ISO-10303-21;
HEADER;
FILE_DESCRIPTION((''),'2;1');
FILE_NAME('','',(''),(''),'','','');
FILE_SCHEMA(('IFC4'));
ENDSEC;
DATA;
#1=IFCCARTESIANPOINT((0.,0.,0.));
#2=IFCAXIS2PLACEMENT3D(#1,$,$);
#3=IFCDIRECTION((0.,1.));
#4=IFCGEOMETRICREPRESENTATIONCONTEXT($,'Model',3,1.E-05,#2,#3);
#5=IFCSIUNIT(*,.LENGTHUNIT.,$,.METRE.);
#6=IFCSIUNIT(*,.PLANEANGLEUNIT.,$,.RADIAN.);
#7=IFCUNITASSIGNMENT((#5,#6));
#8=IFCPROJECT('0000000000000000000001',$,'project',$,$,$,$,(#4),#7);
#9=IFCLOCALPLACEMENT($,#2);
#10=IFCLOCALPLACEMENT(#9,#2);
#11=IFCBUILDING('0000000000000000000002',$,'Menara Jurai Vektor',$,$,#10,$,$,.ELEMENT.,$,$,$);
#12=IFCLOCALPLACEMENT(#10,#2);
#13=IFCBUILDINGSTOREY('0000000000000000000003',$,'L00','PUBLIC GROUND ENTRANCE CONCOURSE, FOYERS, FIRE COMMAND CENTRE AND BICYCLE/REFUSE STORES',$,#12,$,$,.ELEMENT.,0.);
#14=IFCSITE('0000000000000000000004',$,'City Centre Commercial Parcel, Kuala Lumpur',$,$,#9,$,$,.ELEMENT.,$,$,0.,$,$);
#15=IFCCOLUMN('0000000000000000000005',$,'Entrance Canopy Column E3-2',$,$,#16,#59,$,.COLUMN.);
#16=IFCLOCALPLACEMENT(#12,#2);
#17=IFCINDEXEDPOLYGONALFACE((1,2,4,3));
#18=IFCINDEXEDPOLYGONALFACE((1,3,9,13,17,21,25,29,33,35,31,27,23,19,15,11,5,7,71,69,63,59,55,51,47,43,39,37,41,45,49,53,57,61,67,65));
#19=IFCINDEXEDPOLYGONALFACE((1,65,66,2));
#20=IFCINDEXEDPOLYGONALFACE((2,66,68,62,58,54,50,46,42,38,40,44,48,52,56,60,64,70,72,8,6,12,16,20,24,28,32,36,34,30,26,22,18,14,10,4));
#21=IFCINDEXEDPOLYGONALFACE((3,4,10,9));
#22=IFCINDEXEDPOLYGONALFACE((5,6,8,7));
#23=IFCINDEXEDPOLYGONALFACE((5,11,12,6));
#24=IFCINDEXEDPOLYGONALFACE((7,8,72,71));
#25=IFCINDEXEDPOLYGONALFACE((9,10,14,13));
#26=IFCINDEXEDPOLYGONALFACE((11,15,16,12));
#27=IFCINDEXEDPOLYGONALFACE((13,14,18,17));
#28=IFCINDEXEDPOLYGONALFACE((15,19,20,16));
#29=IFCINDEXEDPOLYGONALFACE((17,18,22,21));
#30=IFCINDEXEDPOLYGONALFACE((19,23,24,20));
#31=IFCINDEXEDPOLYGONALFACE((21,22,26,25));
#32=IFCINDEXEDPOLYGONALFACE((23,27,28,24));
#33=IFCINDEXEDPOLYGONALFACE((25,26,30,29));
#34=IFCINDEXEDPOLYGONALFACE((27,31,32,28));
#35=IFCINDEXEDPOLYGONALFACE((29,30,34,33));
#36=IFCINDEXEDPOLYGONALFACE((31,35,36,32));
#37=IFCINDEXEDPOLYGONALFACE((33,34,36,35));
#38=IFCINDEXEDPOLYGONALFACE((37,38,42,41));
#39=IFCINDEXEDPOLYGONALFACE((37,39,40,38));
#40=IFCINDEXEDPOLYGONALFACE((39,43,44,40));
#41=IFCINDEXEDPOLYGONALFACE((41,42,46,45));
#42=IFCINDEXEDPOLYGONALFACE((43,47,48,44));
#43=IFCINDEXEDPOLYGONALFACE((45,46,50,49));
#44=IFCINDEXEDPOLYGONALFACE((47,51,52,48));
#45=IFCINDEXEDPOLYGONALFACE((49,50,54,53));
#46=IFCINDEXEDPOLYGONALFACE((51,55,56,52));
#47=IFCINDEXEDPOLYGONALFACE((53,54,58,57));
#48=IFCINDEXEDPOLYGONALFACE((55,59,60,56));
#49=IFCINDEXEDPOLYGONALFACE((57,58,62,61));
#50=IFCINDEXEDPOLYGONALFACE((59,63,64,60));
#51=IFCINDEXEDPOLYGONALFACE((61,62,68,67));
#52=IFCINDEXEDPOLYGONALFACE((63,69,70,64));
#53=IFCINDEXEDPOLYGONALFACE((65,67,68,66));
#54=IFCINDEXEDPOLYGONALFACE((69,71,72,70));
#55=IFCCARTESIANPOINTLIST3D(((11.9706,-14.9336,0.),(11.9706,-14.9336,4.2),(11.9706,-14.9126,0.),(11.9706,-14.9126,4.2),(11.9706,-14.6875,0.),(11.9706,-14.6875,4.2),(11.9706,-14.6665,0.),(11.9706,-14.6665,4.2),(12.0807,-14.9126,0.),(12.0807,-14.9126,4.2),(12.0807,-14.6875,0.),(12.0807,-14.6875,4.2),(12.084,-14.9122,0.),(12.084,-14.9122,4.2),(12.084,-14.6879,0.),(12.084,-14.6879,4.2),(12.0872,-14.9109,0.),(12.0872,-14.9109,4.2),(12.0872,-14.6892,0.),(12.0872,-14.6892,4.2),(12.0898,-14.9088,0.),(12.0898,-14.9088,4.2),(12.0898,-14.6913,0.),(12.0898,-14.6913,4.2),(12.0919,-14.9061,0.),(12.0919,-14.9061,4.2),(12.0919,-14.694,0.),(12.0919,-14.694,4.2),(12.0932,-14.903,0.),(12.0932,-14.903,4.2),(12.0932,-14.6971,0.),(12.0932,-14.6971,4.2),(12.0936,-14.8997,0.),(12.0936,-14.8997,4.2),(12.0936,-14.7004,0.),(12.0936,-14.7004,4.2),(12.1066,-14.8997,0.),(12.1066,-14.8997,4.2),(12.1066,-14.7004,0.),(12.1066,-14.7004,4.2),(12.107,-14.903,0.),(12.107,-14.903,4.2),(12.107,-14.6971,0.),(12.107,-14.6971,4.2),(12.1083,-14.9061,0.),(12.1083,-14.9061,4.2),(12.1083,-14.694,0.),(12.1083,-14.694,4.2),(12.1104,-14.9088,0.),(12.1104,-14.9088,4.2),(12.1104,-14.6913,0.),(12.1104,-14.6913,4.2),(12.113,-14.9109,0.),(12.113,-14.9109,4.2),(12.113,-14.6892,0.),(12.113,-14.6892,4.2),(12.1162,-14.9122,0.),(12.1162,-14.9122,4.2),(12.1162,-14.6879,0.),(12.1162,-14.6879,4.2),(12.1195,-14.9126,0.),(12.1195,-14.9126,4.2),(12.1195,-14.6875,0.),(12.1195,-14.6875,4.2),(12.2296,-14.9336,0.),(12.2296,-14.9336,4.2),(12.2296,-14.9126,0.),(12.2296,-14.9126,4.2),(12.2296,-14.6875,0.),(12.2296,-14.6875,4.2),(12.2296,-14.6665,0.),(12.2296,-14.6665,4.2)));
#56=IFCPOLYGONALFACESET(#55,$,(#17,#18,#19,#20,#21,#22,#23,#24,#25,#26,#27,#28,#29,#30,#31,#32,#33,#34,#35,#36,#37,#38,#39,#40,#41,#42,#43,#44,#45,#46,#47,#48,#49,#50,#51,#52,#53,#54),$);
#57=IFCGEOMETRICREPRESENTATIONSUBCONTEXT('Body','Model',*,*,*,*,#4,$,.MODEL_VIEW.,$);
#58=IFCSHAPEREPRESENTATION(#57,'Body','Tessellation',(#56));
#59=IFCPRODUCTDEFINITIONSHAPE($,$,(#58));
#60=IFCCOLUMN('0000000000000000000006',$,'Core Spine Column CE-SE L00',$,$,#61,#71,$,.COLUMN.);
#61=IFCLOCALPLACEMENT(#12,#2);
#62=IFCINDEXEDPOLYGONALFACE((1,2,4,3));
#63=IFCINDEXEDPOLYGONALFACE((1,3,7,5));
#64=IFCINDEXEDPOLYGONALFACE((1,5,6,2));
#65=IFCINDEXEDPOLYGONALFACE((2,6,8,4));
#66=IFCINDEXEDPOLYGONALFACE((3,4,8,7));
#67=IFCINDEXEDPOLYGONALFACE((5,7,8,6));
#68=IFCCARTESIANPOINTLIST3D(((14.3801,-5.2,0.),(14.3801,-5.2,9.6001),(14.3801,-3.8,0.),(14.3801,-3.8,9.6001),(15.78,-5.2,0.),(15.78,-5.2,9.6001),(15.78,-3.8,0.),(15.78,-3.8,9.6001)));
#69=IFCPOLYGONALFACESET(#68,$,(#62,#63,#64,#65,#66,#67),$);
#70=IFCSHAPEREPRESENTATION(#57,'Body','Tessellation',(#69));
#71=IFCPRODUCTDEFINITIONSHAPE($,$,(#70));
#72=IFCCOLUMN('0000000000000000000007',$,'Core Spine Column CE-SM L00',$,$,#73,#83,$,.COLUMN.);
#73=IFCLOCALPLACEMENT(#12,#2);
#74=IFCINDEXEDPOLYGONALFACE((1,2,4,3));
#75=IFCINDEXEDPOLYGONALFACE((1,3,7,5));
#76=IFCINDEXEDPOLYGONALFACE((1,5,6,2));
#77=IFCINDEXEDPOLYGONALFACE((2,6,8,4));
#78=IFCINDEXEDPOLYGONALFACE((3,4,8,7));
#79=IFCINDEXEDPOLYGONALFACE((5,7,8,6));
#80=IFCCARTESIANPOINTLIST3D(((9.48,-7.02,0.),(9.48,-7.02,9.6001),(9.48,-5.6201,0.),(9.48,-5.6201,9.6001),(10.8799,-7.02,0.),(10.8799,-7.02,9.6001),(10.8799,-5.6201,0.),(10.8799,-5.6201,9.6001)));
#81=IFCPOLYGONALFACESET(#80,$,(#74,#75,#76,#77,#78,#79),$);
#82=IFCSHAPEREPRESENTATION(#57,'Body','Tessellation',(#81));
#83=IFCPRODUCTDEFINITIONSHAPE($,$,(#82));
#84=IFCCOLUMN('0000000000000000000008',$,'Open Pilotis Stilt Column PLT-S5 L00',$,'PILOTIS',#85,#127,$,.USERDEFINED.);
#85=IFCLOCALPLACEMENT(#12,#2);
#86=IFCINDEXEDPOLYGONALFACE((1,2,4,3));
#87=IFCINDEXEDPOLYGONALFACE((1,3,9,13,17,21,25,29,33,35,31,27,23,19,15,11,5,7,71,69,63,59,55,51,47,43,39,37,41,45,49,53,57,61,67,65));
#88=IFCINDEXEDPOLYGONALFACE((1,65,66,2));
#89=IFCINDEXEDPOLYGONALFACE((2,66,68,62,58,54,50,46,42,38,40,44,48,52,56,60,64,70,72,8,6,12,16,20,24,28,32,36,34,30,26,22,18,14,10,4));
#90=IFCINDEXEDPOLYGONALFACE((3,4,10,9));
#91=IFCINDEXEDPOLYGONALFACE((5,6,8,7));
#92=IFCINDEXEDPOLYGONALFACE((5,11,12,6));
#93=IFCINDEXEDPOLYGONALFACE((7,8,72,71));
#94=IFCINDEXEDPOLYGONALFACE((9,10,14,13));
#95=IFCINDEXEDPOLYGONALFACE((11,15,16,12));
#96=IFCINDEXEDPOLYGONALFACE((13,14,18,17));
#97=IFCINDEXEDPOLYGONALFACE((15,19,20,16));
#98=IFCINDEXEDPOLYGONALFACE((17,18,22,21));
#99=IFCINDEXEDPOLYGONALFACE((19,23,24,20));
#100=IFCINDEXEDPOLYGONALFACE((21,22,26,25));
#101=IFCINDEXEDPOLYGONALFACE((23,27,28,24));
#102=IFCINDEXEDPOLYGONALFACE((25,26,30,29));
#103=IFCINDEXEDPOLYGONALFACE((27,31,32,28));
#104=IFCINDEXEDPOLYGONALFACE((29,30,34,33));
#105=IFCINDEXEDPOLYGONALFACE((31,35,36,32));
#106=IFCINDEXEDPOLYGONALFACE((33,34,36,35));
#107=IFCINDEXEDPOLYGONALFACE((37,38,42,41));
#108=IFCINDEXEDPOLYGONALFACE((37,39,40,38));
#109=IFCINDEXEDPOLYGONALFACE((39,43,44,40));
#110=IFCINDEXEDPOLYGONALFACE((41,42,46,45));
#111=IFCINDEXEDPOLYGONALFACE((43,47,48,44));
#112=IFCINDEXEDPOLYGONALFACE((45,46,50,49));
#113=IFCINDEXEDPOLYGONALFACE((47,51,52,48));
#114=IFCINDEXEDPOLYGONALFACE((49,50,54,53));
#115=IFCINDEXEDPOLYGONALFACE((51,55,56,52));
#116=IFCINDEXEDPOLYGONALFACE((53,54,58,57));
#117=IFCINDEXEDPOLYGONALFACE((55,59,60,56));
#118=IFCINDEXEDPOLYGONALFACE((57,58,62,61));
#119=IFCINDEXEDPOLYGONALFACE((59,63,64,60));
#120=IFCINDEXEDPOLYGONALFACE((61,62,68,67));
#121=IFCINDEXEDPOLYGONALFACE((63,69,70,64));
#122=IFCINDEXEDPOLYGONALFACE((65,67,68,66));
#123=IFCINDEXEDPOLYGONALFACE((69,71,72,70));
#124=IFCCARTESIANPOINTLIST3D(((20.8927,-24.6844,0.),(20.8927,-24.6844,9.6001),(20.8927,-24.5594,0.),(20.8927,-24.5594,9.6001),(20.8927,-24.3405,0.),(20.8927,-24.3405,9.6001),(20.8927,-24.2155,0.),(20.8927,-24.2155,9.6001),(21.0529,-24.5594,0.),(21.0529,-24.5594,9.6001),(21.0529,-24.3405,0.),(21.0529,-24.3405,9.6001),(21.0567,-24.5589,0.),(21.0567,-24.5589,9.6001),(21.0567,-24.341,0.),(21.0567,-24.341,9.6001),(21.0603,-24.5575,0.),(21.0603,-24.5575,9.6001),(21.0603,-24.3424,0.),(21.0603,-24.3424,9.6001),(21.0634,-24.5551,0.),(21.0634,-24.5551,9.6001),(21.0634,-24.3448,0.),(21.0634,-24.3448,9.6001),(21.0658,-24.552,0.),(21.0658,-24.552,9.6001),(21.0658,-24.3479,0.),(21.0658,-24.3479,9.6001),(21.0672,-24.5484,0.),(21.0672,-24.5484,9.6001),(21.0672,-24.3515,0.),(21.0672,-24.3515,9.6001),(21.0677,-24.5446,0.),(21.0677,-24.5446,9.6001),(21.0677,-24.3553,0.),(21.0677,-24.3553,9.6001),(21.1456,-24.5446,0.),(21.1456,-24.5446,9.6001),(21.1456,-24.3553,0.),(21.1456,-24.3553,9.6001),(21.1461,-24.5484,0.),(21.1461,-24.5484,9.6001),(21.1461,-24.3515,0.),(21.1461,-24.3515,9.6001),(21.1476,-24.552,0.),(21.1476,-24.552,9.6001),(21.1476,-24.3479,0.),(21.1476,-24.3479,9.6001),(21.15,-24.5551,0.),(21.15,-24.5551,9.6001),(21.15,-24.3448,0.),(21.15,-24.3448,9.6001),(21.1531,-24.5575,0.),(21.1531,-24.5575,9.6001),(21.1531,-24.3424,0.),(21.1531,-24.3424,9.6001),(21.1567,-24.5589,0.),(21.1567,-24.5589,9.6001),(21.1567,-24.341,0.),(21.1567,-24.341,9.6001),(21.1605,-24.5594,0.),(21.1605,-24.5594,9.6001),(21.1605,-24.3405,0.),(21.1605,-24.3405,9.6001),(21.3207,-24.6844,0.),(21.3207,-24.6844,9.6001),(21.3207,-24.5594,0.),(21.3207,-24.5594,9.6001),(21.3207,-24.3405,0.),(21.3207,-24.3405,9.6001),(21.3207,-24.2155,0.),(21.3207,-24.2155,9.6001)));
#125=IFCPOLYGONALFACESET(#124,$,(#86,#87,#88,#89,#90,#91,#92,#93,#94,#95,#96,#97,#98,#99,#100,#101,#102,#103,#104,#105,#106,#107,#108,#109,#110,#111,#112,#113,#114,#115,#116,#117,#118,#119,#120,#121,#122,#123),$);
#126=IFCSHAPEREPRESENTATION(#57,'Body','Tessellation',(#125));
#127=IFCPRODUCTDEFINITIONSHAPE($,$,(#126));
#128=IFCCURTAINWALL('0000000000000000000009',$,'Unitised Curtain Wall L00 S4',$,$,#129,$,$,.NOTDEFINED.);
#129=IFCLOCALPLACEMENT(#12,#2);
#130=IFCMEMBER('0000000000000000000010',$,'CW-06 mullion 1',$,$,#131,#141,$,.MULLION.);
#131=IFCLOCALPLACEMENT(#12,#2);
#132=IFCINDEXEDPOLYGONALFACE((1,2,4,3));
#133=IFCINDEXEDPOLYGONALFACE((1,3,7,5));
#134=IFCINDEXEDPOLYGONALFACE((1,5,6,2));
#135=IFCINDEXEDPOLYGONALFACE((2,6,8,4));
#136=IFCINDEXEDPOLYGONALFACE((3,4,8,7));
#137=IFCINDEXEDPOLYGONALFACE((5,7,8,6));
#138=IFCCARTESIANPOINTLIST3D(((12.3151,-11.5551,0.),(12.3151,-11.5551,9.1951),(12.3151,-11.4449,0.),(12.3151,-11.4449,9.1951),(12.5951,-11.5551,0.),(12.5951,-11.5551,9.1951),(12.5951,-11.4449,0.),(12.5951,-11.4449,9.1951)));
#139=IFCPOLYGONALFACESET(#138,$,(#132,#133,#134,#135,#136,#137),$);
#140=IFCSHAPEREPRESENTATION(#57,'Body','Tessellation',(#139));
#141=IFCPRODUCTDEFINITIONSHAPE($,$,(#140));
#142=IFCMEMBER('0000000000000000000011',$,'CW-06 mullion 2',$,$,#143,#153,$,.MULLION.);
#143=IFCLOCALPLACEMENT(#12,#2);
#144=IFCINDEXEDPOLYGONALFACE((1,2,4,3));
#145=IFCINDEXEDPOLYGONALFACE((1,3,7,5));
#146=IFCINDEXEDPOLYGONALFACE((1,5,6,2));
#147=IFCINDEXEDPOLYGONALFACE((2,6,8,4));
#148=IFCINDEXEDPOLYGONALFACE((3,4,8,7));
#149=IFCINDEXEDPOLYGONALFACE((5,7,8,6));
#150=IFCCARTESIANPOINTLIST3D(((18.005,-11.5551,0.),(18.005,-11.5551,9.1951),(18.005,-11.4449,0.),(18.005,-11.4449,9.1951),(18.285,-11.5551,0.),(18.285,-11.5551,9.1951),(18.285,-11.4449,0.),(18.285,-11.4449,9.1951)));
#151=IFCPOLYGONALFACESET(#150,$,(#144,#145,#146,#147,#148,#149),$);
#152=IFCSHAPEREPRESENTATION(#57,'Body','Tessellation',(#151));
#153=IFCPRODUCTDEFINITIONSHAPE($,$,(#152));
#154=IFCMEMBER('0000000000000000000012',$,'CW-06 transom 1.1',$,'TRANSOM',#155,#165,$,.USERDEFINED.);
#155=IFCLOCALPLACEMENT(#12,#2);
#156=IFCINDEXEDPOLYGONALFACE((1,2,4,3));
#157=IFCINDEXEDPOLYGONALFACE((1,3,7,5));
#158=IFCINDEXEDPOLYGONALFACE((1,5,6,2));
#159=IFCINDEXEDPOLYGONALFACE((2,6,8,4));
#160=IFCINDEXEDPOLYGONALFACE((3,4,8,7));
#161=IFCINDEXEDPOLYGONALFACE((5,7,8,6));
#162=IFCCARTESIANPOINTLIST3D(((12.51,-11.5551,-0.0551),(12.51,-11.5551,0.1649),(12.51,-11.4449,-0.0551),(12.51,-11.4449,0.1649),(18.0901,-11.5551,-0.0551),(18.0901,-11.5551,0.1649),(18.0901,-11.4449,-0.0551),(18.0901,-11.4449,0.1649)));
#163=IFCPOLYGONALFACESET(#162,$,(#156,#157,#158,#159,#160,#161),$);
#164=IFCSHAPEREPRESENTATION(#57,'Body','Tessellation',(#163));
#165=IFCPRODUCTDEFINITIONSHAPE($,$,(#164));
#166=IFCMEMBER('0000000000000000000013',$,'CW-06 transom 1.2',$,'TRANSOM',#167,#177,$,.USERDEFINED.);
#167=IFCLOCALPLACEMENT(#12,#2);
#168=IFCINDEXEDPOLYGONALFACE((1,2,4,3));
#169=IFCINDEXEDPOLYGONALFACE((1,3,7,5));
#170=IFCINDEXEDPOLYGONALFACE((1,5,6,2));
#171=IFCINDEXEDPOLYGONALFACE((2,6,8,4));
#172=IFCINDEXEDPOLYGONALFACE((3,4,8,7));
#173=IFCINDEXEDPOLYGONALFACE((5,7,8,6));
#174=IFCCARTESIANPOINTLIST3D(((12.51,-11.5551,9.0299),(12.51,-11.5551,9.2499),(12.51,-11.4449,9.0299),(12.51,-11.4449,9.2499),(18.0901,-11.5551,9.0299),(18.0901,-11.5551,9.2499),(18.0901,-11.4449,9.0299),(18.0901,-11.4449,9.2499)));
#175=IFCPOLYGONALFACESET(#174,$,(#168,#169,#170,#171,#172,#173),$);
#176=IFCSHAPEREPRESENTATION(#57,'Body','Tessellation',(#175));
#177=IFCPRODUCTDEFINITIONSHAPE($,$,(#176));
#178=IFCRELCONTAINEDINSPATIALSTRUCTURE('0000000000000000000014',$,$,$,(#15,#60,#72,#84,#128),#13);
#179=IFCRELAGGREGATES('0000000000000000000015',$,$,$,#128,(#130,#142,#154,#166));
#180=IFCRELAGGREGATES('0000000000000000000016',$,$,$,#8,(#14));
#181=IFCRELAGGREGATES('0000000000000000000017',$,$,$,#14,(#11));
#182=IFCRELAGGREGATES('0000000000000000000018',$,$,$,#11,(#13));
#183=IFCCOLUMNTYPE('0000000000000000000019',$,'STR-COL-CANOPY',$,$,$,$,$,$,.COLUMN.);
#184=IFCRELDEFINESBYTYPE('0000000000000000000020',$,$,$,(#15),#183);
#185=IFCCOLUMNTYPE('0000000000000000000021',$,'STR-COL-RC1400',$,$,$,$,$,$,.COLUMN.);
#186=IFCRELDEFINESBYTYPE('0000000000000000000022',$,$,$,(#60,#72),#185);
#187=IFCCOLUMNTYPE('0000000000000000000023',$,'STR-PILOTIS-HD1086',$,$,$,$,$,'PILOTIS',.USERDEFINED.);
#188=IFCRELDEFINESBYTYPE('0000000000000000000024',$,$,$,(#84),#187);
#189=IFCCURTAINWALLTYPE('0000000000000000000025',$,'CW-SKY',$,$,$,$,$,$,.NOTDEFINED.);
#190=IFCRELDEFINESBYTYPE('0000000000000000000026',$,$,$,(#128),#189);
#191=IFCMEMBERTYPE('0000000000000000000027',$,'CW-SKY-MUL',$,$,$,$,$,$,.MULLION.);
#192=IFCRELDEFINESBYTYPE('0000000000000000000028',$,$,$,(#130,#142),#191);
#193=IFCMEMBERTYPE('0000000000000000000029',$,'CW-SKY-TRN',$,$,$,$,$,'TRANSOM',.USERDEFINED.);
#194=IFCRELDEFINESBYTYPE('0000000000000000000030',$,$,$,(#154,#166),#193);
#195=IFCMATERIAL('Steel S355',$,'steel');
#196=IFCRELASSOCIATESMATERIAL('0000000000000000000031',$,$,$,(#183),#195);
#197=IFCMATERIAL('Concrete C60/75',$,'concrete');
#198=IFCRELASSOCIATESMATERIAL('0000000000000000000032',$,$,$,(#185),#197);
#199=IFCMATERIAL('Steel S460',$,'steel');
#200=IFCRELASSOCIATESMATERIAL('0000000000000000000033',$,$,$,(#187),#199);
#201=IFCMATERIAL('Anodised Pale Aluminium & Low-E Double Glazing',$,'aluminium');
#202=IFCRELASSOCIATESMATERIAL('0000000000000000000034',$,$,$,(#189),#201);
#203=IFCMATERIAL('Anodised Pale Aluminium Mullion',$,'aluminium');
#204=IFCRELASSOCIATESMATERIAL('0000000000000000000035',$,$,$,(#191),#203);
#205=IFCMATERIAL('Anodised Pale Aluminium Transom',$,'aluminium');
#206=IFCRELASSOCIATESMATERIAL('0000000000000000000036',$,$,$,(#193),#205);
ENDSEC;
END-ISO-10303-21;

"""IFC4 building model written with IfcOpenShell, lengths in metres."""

from ifc_helpers import new_model, si_unit, direction, frame, origin, origin_2d, place, context, subcontext, project, spatial, rectangle, i_section, extrude, material, material_profile, profile_set, type_object, element, aggregate, save


model = new_model("IFC4")

# Units and contexts
model_context = context("Model", 3, precision=1e-05, world=origin(), true_north=direction((0.0, 1.0)))
body_context = subcontext(model_context, "Body", "Model", "MODEL_VIEW")
ifc_project = project(units=[si_unit("LENGTHUNIT", "METRE"), si_unit("PLANEANGLEUNIT", "RADIAN")], contexts=[model_context])

# Site, building, storey
site_placement = place(None, origin())
site = spatial("IfcSite", under=ifc_project, at=site_placement, Name="City Centre Commercial Parcel, Kuala Lumpur", CompositionType="ELEMENT", RefElevation=0.0)
building_placement = place(site_placement, origin())
building = spatial("IfcBuilding", under=site, at=building_placement, Name="Menara Jurai Vektor", CompositionType="ELEMENT")
storey_placement = place(building_placement, origin())
storey = spatial("IfcBuildingStorey", under=building, at=storey_placement, Name="L00", Description="PUBLIC GROUND ENTRANCE CONCOURSE, FOYERS, FIRE COMMAND CENTRE AND BICYCLE/REFUSE STORES", CompositionType="ELEMENT", Elevation=0.0)

# Columns
ifc_material_1 = material(Name="Steel S355", Category="steel")
ifc_material_profile_1 = material_profile(ifc_material_1, i_section(OverallWidth=0.259, OverallDepth=0.2671, WebThickness=0.0129, FlangeThickness=0.021, FilletRadius=0.0129, at=origin_2d()), Name="UKC 254x254x107")
ifc_profile_set_1 = profile_set([ifc_material_profile_1], Name="Steel S355")
column_type_1 = type_object("IfcColumnType", Name="STR-COL-CANOPY", PredefinedType="COLUMN", material=ifc_profile_set_1)
column_1_placement = place(storey_placement, frame((12.1001, -14.8, 0.0), z_axis=(0.0, 0.0, 1.0), x_axis=(1.0, 0.0, 0.0)))
element("IfcColumn", 1, at=column_1_placement, inside=storey, type_object=column_type_1, Name="Entrance Canopy Column E3-2", PredefinedType="COLUMN", context=body_context, shape_type="SweptSolid", body=[
    extrude(i_section(OverallWidth=0.259, OverallDepth=0.2671, WebThickness=0.0129, FlangeThickness=0.021, FilletRadius=0.0129, at=origin_2d()), origin(), (0.0, 0.0, 1.0), 4.2),
])
ifc_material_2 = material(Name="Concrete C60/75", Category="concrete")
ifc_material_profile_2 = material_profile(ifc_material_2, rectangle(XDim=1.3999, YDim=1.3999, at=origin_2d()), Name="RC 1400x1400")
ifc_profile_set_2 = profile_set([ifc_material_profile_2], Name="Concrete C60/75")
column_type_2 = type_object("IfcColumnType", Name="STR-COL-RC1400", PredefinedType="COLUMN", material=ifc_profile_set_2)
for number, where, z_axis, x_axis, name in (
    (2, (15.0801, -4.5, 0.0), (0.0, 0.0, 1.0), (1.0, 0.0, 0.0), "Core Spine Column CE-SE L00"),
    (3, (10.1799, -6.3201, 0.0), (0.0, 0.0, 1.0), (1.0, 0.0, 0.0), "Core Spine Column CE-SM L00"),
):
    element("IfcColumn", number, at=place(storey_placement, frame(where, z_axis=z_axis, x_axis=x_axis)), inside=storey, type_object=column_type_2, Name=name, PredefinedType="COLUMN", context=body_context, shape_type="SweptSolid", body=[
        extrude(rectangle(XDim=1.3999, YDim=1.3999, at=origin_2d()), origin(), (0.0, 0.0, 1.0), 9.6001),
    ])
ifc_material_3 = material(Name="Steel S460", Category="steel")
ifc_material_profile_3 = material_profile(ifc_material_3, i_section(OverallWidth=0.428, OverallDepth=0.469, WebThickness=0.0779, FlangeThickness=0.125, FilletRadius=0.0149, at=origin_2d()), Name="HD 400x1086")
ifc_profile_set_3 = profile_set([ifc_material_profile_3], Name="Steel S460")
column_type_3 = type_object("IfcColumnType", Name="STR-PILOTIS-HD1086", ElementType="PILOTIS", PredefinedType="USERDEFINED", material=ifc_profile_set_3)
column_2_placement = place(storey_placement, frame((21.1067, -24.45, 0.0), z_axis=(0.0, 0.0, 1.0), x_axis=(1.0, 0.0, 0.0)))
element("IfcColumn", 4, at=column_2_placement, inside=storey, type_object=column_type_3, Name="Open Pilotis Stilt Column PLT-S5 L00", ObjectType="PILOTIS", PredefinedType="USERDEFINED", context=body_context, shape_type="SweptSolid", body=[
    extrude(i_section(OverallWidth=0.428, OverallDepth=0.469, WebThickness=0.0779, FlangeThickness=0.125, FilletRadius=0.0149, at=origin_2d()), origin(), (0.0, 0.0, 1.0), 9.6001),
])

# Curtain wall, members
ifc_material_4 = material(Name="Anodised Pale Aluminium & Low-E Double Glazing", Category="aluminium")
curtain_wall_type = type_object("IfcCurtainWallType", Name="CW-SKY", PredefinedType="NOTDEFINED", material=ifc_material_4)
curtain_wall_placement = place(storey_placement, origin())
curtain_wall = element("IfcCurtainWall", 5, at=curtain_wall_placement, inside=storey, type_object=curtain_wall_type, Name="Unitised Curtain Wall L00 S4", PredefinedType="NOTDEFINED")
ifc_material_5 = material(Name="Anodised Pale Aluminium Mullion", Category="aluminium")
ifc_material_profile_4 = material_profile(ifc_material_5, rectangle(XDim=0.1101, YDim=0.28, at=origin_2d()), Name="ALU MUL 110x280")
ifc_profile_set_4 = profile_set([ifc_material_profile_4], Name="Anodised Pale Aluminium Mullion")
member_type_1 = type_object("IfcMemberType", Name="CW-SKY-MUL", PredefinedType="MULLION", material=ifc_profile_set_4)
member_1_placement = place(storey_placement, frame((12.4551, -11.5, 0.0), z_axis=(0.0, 0.0, 1.0), x_axis=(0.0, 1.0, 0.0)))
member_1 = element("IfcMember", 6, at=member_1_placement, type_object=member_type_1, Name="CW-06 mullion 1", PredefinedType="MULLION", context=body_context, shape_type="SweptSolid", body=[
    extrude(rectangle(XDim=0.1101, YDim=0.28, at=origin_2d()), origin(), (0.0, 0.0, 1.0), 9.1951),
])
member_2_placement = place(storey_placement, frame((18.145, -11.5, 0.0), z_axis=(0.0, 0.0, 1.0), x_axis=(0.0, 1.0, 0.0)))
member_2 = element("IfcMember", 7, at=member_2_placement, type_object=member_type_1, Name="CW-06 mullion 2", PredefinedType="MULLION", context=body_context, shape_type="SweptSolid", body=[
    extrude(rectangle(XDim=0.1101, YDim=0.28, at=origin_2d()), origin(), (0.0, 0.0, 1.0), 9.1951),
])
ifc_material_6 = material(Name="Anodised Pale Aluminium Transom", Category="aluminium")
ifc_material_profile_5 = material_profile(ifc_material_6, rectangle(XDim=0.1101, YDim=0.22, at=origin_2d()), Name="ALU TRN 110x220")
ifc_profile_set_5 = profile_set([ifc_material_profile_5], Name="Anodised Pale Aluminium Transom")
member_type_2 = type_object("IfcMemberType", Name="CW-SKY-TRN", ElementType="TRANSOM", PredefinedType="USERDEFINED", material=ifc_profile_set_5)
member_3_placement = place(storey_placement, frame((12.51, -11.5, 0.0549), z_axis=(1.0, 0.0, 0.0), x_axis=(0.0, 1.0, 0.0)))
member_3 = element("IfcMember", 8, at=member_3_placement, type_object=member_type_2, Name="CW-06 transom 1.1", ObjectType="TRANSOM", PredefinedType="USERDEFINED", context=body_context, shape_type="SweptSolid", body=[
    extrude(rectangle(XDim=0.1101, YDim=0.22, at=origin_2d()), origin(), (0.0, 0.0, 1.0), 5.5801),
])
member_4_placement = place(storey_placement, frame((12.51, -11.5, 9.1399), z_axis=(1.0, 0.0, 0.0), x_axis=(0.0, 1.0, 0.0)))
member_4 = element("IfcMember", 9, at=member_4_placement, type_object=member_type_2, Name="CW-06 transom 1.2", ObjectType="TRANSOM", PredefinedType="USERDEFINED", context=body_context, shape_type="SweptSolid", body=[
    extrude(rectangle(XDim=0.1101, YDim=0.22, at=origin_2d()), origin(), (0.0, 0.0, 1.0), 5.5801),
])

aggregate(curtain_wall, [member_1, member_2, member_3, member_4])

save(model, "model.ifc")
